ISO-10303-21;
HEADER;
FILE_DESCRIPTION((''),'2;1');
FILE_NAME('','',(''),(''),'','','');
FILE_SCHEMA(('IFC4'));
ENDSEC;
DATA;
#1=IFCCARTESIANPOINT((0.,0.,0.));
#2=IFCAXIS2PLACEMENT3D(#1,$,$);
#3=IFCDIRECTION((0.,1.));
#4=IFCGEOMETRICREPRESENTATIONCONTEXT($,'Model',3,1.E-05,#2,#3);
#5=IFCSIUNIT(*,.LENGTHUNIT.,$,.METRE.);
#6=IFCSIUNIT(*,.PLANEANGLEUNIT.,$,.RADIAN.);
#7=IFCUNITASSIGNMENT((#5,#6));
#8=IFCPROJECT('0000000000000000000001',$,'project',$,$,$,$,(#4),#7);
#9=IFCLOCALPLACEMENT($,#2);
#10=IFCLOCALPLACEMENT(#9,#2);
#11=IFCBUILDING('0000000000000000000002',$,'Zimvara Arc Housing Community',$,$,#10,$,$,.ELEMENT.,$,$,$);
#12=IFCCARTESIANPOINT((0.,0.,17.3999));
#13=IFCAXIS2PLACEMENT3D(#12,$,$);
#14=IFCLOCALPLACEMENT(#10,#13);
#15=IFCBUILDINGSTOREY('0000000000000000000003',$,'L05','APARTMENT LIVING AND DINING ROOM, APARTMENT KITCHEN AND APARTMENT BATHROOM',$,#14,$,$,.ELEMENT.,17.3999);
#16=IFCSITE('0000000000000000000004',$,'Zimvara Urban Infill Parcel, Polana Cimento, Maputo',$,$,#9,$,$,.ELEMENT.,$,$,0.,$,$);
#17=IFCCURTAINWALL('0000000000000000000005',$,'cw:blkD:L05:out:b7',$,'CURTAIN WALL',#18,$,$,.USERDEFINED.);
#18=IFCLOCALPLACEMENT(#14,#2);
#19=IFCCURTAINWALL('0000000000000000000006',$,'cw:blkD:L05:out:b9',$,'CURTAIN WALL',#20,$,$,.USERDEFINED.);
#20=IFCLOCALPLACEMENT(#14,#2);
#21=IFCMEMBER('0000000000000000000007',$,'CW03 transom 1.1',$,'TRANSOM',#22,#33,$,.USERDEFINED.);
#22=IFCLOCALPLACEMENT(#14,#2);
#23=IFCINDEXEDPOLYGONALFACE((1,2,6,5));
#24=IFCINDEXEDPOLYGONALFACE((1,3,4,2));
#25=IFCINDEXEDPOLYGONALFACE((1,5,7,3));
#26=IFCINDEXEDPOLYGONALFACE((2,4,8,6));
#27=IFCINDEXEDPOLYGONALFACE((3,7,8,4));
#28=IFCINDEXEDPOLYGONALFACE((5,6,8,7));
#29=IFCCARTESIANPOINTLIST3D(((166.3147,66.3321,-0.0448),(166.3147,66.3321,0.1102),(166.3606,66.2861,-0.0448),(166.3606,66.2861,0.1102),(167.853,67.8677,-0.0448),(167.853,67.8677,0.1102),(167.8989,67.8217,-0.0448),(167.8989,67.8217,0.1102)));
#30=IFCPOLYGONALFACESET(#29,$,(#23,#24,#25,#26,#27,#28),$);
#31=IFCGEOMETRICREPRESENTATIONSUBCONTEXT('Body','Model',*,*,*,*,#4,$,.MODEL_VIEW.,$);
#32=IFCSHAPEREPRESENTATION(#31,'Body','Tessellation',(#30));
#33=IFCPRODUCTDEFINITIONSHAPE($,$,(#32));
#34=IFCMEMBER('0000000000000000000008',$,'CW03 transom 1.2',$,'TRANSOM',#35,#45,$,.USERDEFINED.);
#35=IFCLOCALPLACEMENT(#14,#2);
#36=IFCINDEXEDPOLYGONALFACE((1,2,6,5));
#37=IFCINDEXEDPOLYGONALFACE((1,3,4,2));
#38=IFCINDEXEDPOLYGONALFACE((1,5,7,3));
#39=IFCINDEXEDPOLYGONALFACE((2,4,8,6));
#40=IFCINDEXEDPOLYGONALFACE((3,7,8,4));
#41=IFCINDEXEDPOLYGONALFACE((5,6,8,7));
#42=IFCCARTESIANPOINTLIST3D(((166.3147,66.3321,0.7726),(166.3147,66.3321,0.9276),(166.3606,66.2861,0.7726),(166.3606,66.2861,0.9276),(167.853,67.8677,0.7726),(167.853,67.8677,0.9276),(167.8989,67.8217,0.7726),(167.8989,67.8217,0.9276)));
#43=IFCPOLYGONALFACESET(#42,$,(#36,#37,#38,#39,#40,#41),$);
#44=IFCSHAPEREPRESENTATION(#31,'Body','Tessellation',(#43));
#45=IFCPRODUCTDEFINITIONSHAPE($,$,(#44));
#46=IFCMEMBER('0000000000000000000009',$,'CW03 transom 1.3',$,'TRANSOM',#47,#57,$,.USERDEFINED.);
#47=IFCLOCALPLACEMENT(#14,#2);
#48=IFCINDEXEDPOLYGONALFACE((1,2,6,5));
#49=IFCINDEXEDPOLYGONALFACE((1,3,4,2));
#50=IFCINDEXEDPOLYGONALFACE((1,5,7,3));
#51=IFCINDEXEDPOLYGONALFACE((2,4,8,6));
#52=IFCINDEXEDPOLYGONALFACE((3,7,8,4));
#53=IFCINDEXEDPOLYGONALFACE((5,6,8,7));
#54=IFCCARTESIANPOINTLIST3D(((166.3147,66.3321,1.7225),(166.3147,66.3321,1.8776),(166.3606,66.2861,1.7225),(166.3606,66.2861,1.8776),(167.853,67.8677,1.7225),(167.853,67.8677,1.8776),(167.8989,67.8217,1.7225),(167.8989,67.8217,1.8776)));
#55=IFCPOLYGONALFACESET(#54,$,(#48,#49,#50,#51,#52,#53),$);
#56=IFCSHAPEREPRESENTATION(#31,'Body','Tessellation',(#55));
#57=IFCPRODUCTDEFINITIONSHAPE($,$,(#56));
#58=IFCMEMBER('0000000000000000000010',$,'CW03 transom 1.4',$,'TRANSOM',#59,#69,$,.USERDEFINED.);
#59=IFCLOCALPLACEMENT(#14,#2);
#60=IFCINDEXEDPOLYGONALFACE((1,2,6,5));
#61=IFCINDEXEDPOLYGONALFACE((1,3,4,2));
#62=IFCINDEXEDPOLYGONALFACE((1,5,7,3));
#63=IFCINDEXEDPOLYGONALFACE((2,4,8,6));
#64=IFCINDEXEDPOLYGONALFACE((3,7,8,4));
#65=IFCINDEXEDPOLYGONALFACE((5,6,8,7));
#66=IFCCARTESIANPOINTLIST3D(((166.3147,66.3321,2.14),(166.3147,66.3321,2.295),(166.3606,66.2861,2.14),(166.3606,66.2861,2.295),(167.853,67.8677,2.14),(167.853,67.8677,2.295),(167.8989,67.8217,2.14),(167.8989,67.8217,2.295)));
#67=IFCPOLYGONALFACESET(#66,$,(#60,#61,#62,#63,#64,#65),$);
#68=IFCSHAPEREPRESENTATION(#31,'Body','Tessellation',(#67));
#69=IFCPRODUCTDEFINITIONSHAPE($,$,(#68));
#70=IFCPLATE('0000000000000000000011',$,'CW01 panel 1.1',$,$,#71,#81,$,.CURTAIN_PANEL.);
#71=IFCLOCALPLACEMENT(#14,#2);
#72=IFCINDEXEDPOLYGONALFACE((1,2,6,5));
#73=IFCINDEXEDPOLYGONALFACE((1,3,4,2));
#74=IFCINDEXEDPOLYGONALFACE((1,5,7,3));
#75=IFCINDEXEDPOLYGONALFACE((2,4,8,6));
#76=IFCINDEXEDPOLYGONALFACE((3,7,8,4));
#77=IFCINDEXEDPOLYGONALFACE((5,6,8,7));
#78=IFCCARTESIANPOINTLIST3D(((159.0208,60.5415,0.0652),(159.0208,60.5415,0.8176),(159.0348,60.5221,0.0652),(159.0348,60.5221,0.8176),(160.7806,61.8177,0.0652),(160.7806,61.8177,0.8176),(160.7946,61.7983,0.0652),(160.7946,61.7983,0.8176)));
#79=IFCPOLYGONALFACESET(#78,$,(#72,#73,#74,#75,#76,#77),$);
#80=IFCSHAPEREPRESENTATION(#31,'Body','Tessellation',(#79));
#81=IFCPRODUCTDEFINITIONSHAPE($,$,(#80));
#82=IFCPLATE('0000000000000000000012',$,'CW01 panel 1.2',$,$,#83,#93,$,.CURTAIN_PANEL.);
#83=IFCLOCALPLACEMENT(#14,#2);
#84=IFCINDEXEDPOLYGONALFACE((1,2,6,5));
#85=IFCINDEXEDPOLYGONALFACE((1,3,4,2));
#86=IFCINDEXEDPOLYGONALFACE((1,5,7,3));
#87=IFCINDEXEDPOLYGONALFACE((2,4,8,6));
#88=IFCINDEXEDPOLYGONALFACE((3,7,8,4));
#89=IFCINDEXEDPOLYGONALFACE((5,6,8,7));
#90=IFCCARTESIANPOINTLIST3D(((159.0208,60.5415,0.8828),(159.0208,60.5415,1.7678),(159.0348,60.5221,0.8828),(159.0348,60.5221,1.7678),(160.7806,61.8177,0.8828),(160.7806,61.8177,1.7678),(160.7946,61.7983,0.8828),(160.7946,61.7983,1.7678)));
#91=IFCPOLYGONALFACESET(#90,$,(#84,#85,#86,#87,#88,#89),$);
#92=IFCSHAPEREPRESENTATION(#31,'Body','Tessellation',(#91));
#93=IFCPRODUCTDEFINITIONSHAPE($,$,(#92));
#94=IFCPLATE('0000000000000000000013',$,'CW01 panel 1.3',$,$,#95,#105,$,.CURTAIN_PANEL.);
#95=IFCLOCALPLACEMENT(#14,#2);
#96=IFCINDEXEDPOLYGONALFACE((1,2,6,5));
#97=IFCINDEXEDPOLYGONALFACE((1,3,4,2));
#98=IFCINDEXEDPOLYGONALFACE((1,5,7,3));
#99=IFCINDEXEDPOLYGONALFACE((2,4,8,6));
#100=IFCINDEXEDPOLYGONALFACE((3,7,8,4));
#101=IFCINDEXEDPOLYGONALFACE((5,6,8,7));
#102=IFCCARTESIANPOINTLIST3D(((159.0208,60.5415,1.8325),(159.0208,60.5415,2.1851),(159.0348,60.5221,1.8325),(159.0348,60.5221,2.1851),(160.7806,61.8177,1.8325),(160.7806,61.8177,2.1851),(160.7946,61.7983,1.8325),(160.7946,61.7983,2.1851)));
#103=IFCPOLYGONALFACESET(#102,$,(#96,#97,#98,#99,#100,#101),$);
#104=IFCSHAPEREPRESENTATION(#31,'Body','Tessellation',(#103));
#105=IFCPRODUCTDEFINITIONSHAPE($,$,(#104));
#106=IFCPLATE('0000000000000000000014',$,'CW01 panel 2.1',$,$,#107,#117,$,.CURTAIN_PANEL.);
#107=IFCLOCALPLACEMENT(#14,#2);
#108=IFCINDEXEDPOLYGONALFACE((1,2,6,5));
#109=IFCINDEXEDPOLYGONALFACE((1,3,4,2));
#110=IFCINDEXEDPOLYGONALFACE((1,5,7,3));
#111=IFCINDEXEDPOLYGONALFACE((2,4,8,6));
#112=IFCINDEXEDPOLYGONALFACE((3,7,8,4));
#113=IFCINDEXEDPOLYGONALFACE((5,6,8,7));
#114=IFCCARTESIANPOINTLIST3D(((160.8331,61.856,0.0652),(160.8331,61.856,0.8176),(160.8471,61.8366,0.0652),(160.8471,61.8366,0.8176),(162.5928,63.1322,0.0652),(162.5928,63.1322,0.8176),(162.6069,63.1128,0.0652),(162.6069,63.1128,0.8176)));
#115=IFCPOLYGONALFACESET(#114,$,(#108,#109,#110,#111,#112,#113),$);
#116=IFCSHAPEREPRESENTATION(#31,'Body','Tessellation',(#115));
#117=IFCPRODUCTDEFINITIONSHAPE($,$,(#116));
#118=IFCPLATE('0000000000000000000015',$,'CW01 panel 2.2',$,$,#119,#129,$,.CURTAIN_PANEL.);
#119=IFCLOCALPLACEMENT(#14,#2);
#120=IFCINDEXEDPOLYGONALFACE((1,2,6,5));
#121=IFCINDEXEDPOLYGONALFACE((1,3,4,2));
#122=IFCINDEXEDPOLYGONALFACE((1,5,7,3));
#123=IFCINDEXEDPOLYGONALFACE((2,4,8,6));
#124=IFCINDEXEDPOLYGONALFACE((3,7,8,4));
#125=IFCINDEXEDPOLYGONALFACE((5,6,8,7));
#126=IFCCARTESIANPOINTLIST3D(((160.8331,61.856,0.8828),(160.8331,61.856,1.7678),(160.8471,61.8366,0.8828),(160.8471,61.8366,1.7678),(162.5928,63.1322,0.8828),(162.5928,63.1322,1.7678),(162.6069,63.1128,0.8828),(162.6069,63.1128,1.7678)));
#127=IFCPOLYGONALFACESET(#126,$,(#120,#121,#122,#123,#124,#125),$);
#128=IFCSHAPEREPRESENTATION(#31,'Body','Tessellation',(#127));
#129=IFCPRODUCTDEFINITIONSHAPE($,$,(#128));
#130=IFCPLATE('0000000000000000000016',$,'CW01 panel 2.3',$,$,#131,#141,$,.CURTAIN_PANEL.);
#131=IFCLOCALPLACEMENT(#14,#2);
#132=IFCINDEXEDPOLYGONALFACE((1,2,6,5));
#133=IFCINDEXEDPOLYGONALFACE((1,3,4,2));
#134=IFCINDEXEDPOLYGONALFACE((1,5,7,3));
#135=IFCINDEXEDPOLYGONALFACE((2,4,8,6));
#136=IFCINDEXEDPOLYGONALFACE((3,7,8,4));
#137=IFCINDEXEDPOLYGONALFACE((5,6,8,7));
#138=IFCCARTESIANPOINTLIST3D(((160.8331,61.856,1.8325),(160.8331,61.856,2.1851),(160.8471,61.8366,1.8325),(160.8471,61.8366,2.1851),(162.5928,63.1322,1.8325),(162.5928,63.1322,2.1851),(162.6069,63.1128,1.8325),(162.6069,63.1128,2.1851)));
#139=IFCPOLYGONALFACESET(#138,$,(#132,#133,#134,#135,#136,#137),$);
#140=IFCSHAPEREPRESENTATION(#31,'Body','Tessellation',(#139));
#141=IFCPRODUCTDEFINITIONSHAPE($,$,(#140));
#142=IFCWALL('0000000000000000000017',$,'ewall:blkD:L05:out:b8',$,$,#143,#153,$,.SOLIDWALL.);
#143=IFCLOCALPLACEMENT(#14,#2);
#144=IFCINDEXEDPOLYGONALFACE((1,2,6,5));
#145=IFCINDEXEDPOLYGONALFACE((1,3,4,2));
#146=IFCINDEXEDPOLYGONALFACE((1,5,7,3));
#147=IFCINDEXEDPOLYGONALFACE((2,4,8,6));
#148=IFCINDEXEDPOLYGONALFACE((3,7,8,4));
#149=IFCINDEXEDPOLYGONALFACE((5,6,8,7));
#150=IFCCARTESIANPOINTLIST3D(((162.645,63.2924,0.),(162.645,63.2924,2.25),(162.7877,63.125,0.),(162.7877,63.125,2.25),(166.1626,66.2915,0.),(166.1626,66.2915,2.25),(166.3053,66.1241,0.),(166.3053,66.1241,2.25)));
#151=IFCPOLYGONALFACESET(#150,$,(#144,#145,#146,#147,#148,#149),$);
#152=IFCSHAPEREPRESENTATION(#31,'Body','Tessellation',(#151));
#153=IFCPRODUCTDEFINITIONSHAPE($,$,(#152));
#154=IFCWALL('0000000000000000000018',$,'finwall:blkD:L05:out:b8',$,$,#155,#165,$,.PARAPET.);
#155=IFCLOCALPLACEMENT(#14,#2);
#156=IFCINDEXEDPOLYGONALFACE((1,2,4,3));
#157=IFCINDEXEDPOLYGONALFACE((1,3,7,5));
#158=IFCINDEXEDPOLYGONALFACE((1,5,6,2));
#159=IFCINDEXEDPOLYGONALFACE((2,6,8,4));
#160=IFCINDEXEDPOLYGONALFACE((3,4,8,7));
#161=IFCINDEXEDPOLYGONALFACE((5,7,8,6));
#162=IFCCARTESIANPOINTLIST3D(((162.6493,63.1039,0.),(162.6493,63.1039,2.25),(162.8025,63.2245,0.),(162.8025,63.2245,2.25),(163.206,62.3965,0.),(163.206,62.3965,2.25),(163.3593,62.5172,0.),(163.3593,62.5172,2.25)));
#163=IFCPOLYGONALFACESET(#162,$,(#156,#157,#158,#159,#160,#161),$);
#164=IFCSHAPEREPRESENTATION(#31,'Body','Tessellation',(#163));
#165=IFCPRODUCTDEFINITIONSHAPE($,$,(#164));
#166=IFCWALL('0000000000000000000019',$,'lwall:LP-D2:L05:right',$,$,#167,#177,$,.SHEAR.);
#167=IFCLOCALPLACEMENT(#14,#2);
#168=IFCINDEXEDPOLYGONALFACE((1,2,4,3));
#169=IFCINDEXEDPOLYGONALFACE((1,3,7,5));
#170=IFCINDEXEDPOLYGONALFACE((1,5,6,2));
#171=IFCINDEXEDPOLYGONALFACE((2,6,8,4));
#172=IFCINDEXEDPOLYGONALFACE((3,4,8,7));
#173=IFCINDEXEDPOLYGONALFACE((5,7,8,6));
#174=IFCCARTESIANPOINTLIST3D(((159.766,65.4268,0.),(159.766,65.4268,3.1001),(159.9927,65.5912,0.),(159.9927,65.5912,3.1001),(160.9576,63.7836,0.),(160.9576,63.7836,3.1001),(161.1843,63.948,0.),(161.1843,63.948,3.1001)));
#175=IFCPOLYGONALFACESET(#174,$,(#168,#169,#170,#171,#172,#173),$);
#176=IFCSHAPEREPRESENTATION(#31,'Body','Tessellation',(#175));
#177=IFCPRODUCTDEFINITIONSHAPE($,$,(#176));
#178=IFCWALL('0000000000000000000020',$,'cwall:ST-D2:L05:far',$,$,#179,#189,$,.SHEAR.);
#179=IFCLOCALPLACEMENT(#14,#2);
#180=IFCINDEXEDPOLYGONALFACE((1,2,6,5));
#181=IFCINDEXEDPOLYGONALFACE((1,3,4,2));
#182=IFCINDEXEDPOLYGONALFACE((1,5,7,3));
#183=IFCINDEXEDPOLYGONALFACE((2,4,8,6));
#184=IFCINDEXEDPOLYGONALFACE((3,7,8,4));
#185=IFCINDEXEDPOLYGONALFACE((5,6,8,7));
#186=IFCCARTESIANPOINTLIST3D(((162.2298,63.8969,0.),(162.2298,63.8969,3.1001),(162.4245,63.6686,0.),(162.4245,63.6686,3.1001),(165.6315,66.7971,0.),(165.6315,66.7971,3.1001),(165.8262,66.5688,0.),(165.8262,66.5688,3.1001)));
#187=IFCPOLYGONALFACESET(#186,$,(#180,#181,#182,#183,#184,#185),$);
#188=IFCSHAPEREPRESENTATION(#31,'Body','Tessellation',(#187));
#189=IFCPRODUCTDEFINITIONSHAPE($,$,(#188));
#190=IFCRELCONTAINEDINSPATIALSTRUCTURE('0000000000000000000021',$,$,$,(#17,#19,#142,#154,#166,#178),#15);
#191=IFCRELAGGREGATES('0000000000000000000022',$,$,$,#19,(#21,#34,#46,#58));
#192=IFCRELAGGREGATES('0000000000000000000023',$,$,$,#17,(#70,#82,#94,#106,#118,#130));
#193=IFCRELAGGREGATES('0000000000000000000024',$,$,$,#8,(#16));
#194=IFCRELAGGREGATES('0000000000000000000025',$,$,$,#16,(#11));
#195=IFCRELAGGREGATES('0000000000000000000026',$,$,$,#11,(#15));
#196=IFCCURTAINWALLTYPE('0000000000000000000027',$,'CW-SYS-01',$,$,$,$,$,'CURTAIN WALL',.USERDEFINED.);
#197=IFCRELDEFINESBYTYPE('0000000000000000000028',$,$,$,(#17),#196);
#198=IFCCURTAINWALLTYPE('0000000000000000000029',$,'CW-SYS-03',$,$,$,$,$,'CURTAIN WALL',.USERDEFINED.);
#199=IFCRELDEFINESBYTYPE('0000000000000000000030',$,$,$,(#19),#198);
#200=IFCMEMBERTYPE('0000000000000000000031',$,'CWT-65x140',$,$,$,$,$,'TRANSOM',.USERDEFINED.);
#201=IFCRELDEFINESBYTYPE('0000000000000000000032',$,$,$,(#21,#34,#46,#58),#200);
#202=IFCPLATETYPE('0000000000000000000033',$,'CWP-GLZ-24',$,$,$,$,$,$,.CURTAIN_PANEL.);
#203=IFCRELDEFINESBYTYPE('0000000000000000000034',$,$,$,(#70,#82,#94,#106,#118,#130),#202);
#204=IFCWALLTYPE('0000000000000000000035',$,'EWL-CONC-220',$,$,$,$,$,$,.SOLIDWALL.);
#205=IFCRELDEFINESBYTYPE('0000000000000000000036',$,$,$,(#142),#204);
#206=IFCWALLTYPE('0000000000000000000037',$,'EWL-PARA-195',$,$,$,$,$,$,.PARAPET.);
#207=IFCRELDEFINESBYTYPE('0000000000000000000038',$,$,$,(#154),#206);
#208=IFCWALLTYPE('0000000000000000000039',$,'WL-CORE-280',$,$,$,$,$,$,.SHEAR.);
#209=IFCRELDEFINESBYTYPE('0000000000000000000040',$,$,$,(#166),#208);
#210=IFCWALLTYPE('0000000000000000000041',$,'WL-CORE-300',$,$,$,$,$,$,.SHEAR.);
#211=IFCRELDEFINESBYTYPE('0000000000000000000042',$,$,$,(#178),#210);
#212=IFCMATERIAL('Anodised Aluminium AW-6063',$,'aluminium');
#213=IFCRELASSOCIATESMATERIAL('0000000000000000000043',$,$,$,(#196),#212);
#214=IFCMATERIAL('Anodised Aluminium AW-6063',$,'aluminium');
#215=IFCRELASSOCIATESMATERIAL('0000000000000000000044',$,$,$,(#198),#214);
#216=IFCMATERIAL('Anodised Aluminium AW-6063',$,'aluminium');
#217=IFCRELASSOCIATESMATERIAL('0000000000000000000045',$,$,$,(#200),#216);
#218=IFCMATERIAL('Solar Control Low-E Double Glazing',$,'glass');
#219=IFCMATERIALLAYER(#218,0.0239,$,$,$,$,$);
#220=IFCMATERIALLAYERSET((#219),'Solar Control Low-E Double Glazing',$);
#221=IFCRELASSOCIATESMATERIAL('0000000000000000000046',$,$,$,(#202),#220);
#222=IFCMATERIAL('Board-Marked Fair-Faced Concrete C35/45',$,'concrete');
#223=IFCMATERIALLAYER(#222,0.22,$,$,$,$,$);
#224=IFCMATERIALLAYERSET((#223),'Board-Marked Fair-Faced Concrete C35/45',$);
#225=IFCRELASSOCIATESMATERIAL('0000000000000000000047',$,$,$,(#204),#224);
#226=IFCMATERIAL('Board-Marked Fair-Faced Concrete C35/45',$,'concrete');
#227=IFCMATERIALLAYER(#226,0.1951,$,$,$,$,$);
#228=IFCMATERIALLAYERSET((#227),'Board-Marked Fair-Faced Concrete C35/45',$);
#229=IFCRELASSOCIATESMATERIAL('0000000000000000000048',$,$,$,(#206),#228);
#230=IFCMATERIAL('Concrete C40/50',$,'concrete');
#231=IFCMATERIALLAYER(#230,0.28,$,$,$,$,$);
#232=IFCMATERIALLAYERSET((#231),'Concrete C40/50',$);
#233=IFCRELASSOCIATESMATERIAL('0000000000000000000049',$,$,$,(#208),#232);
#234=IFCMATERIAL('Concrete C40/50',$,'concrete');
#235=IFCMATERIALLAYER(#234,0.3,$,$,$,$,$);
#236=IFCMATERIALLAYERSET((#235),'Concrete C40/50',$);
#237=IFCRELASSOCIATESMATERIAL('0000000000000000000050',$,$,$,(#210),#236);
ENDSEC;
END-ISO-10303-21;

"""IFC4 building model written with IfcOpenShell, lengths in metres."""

from ifc_helpers import new_model, si_unit, direction, frame, frame_2d, origin, origin_2d, place, context, subcontext, project, spatial, rectangle, extrude, material, layer, layer_set, material_profile, profile_set, type_object, element, aggregate, save


model = new_model("IFC4")

# Units and contexts
model_context = context("Model", 3, precision=1e-05, world=origin(), true_north=direction((0.0, 1.0)))
body_context = subcontext(model_context, "Body", "Model", "MODEL_VIEW")
ifc_project = project(units=[si_unit("LENGTHUNIT", "METRE"), si_unit("PLANEANGLEUNIT", "RADIAN")], contexts=[model_context])

# Site, building, storey
site_placement = place(None, origin())
site = spatial("IfcSite", under=ifc_project, at=site_placement, Name="Zimvara Urban Infill Parcel, Polana Cimento, Maputo", CompositionType="ELEMENT", RefElevation=0.0)
building_placement = place(site_placement, origin())
building = spatial("IfcBuilding", under=site, at=building_placement, Name="Zimvara Arc Housing Community", CompositionType="ELEMENT")
storey_placement = place(building_placement, frame((0.0, 0.0, 17.3999)))
storey = spatial("IfcBuildingStorey", under=building, at=storey_placement, Name="L05", Description="APARTMENT LIVING AND DINING ROOM, APARTMENT KITCHEN AND APARTMENT BATHROOM", CompositionType="ELEMENT", Elevation=17.3999)

# Curtain wall
ifc_material_1 = material(Name="Anodised Aluminium AW-6063", Category="aluminium")
curtain_wall_type_1 = type_object("IfcCurtainWallType", Name="CW-SYS-01", ElementType="CURTAIN WALL", PredefinedType="USERDEFINED", material=ifc_material_1)
curtain_wall_1_placement = place(storey_placement, origin())
curtain_wall_1 = element("IfcCurtainWall", 1, at=curtain_wall_1_placement, inside=storey, type_object=curtain_wall_type_1, Name="cw:blkD:L05:out:b7", ObjectType="CURTAIN WALL", PredefinedType="USERDEFINED")

# Curtain wall
ifc_material_2 = material(Name="Anodised Aluminium AW-6063", Category="aluminium")
curtain_wall_type_2 = type_object("IfcCurtainWallType", Name="CW-SYS-03", ElementType="CURTAIN WALL", PredefinedType="USERDEFINED", material=ifc_material_2)
curtain_wall_2_placement = place(storey_placement, origin())
curtain_wall_2 = element("IfcCurtainWall", 2, at=curtain_wall_2_placement, inside=storey, type_object=curtain_wall_type_2, Name="cw:blkD:L05:out:b9", ObjectType="CURTAIN WALL", PredefinedType="USERDEFINED")

# Members
ifc_material_3 = material(Name="Anodised Aluminium AW-6063", Category="aluminium")
ifc_material_profile_1 = material_profile(ifc_material_3, rectangle(XDim=0.0649, YDim=0.155, at=origin_2d()), Name="ALU 65x155")
ifc_profile_set_1 = profile_set([ifc_material_profile_1], Name="Anodised Aluminium AW-6063")
member_type_1 = type_object("IfcMemberType", Name="CWT-65x140", ElementType="TRANSOM", PredefinedType="USERDEFINED", material=ifc_profile_set_1)
member_1_placement = place(storey_placement, frame((166.3376, 66.3091, 0.0327), z_axis=(0.707724, 0.706489, 0.0), x_axis=(-0.706489, 0.707724, 0.0)))
member_1 = element("IfcMember", 3, at=member_1_placement, type_object=member_type_1, Name="CW03 transom 1.1", ObjectType="TRANSOM", PredefinedType="USERDEFINED", context=body_context, shape_type="SweptSolid", body=[
    extrude(rectangle(XDim=0.0649, YDim=0.155, at=origin_2d()), origin(), (0.0, 0.0, 1.0), 2.1736),
])
member_2_placement = place(storey_placement, frame((166.3376, 66.3091, 0.8501), z_axis=(0.707724, 0.706489, 0.0), x_axis=(-0.706489, 0.707724, 0.0)))
member_2 = element("IfcMember", 4, at=member_2_placement, type_object=member_type_1, Name="CW03 transom 1.2", ObjectType="TRANSOM", PredefinedType="USERDEFINED", context=body_context, shape_type="SweptSolid", body=[
    extrude(rectangle(XDim=0.0649, YDim=0.155, at=origin_2d()), origin(), (0.0, 0.0, 1.0), 2.1736),
])
member_3_placement = place(storey_placement, frame((166.3376, 66.3091, 1.8), z_axis=(0.707724, 0.706489, 0.0), x_axis=(-0.706489, 0.707724, 0.0)))
member_3 = element("IfcMember", 5, at=member_3_placement, type_object=member_type_1, Name="CW03 transom 1.3", ObjectType="TRANSOM", PredefinedType="USERDEFINED", context=body_context, shape_type="SweptSolid", body=[
    extrude(rectangle(XDim=0.0649, YDim=0.155, at=origin_2d()), origin(), (0.0, 0.0, 1.0), 2.1736),
])
member_4_placement = place(storey_placement, frame((166.3376, 66.3091, 2.2175), z_axis=(0.707724, 0.706489, 0.0), x_axis=(-0.706489, 0.707724, 0.0)))
member_4 = element("IfcMember", 6, at=member_4_placement, type_object=member_type_1, Name="CW03 transom 1.4", ObjectType="TRANSOM", PredefinedType="USERDEFINED", context=body_context, shape_type="SweptSolid", body=[
    extrude(rectangle(XDim=0.0649, YDim=0.155, at=origin_2d()), origin(), (0.0, 0.0, 1.0), 2.1736),
])
aggregate(curtain_wall_2, [member_1, member_2, member_3, member_4])

# Plates
ifc_material_4 = material(Name="Solar Control Low-E Double Glazing", Category="glass")
ifc_layer_1 = layer(ifc_material_4, 0.0239)
ifc_layer_set_1 = layer_set([ifc_layer_1], Name="Solar Control Low-E Double Glazing")
plate_type = type_object("IfcPlateType", Name="CWP-GLZ-24", PredefinedType="CURTAIN_PANEL", material=ifc_layer_set_1)
plate_1_placement = place(storey_placement, frame((159.9077, 61.1699, 0.0652), z_axis=(0.0, 0.0, 1.0), x_axis=(0.80953, 0.587078, 0.0)))
plate_1 = element("IfcPlate", 7, at=plate_1_placement, type_object=plate_type, Name="CW01 panel 1.1", PredefinedType="CURTAIN_PANEL", context=body_context, shape_type="SweptSolid", body=[
    extrude(rectangle(XDim=2.1738, YDim=0.0239, at=origin_2d()), origin(), (0.0, 0.0, 1.0), 0.7524),
])
plate_2_placement = place(storey_placement, frame((159.9077, 61.1699, 0.8828), z_axis=(0.0, 0.0, 1.0), x_axis=(0.80953, 0.587078, 0.0)))
plate_2 = element("IfcPlate", 8, at=plate_2_placement, type_object=plate_type, Name="CW01 panel 1.2", PredefinedType="CURTAIN_PANEL", context=body_context, shape_type="SweptSolid", body=[
    extrude(rectangle(XDim=2.1738, YDim=0.0239, at=origin_2d()), origin(), (0.0, 0.0, 1.0), 0.885),
])
plate_3_placement = place(storey_placement, frame((159.9077, 61.1699, 1.8325), z_axis=(0.0, 0.0, 1.0), x_axis=(0.80953, 0.587078, 0.0)))
plate_3 = element("IfcPlate", 9, at=plate_3_placement, type_object=plate_type, Name="CW01 panel 1.3", PredefinedType="CURTAIN_PANEL", context=body_context, shape_type="SweptSolid", body=[
    extrude(rectangle(XDim=2.1738, YDim=0.0239, at=origin_2d()), origin(), (0.0, 0.0, 1.0), 0.3525),
])
plate_4_placement = place(storey_placement, frame((161.72, 62.4844, 0.0652), z_axis=(0.0, 0.0, 1.0), x_axis=(0.80953, 0.587078, 0.0)))
plate_4 = element("IfcPlate", 10, at=plate_4_placement, type_object=plate_type, Name="CW01 panel 2.1", PredefinedType="CURTAIN_PANEL", context=body_context, shape_type="SweptSolid", body=[
    extrude(rectangle(XDim=2.1738, YDim=0.0239, at=origin_2d()), origin(), (0.0, 0.0, 1.0), 0.7524),
])
plate_5_placement = place(storey_placement, frame((161.72, 62.4844, 0.8828), z_axis=(0.0, 0.0, 1.0), x_axis=(0.80953, 0.587078, 0.0)))
plate_5 = element("IfcPlate", 11, at=plate_5_placement, type_object=plate_type, Name="CW01 panel 2.2", PredefinedType="CURTAIN_PANEL", context=body_context, shape_type="SweptSolid", body=[
    extrude(rectangle(XDim=2.1738, YDim=0.0239, at=origin_2d()), origin(), (0.0, 0.0, 1.0), 0.885),
])
plate_6_placement = place(storey_placement, frame((161.72, 62.4844, 1.8325), z_axis=(0.0, 0.0, 1.0), x_axis=(0.80953, 0.587078, 0.0)))
plate_6 = element("IfcPlate", 12, at=plate_6_placement, type_object=plate_type, Name="CW01 panel 2.3", PredefinedType="CURTAIN_PANEL", context=body_context, shape_type="SweptSolid", body=[
    extrude(rectangle(XDim=2.1738, YDim=0.0239, at=origin_2d()), origin(), (0.0, 0.0, 1.0), 0.3525),
])
aggregate(curtain_wall_1, [plate_1, plate_2, plate_3, plate_4, plate_5, plate_6])

# Walls
ifc_material_5 = material(Name="Board-Marked Fair-Faced Concrete C35/45", Category="concrete")
ifc_layer_2 = layer(ifc_material_5, 0.22)
ifc_layer_set_2 = layer_set([ifc_layer_2], Name="Board-Marked Fair-Faced Concrete C35/45")
wall_type_1 = type_object("IfcWallType", Name="EWL-CONC-220", PredefinedType="SOLIDWALL", material=ifc_layer_set_2)
wall_1_placement = place(storey_placement, frame((162.7163, 63.2087, 0.0), z_axis=(0.0, 0.0, 1.0), x_axis=(0.760969, 0.648788, 0.0)))
element("IfcWall", 13, at=wall_1_placement, inside=storey, type_object=wall_type_1, Name="ewall:blkD:L05:out:b8", PredefinedType="SOLIDWALL", context=body_context, shape_type="SweptSolid", body=[
    extrude(rectangle(XDim=4.6226, YDim=0.22, at=frame_2d((2.3113, 0.0))), origin(), (0.0, 0.0, 1.0), 2.25),
])
ifc_material_6 = material(Name="Board-Marked Fair-Faced Concrete C35/45", Category="concrete")
ifc_layer_3 = layer(ifc_material_6, 0.1951)
ifc_layer_set_3 = layer_set([ifc_layer_3], Name="Board-Marked Fair-Faced Concrete C35/45")
wall_type_2 = type_object("IfcWallType", Name="EWL-PARA-195", PredefinedType="PARAPET", material=ifc_layer_set_3)
wall_2_placement = place(storey_placement, frame((162.7258, 63.1643, 0.0), z_axis=(0.0, 0.0, 1.0), x_axis=(0.618456, -0.785819, 0.0)))
element("IfcWall", 14, at=wall_2_placement, inside=storey, type_object=wall_type_2, Name="finwall:blkD:L05:out:b8", PredefinedType="PARAPET", context=body_context, shape_type="SweptSolid", body=[
    extrude(rectangle(XDim=0.9001, YDim=0.1951, at=frame_2d((0.4502, 0.0))), origin(), (0.0, 0.0, 1.0), 2.25),
])
ifc_material_7 = material(Name="Concrete C40/50", Category="concrete")
ifc_layer_4 = layer(ifc_material_7, 0.28)
ifc_layer_set_4 = layer_set([ifc_layer_4], Name="Concrete C40/50")
wall_type_3 = type_object("IfcWallType", Name="WL-CORE-280", PredefinedType="SHEAR", material=ifc_layer_set_4)
wall_3_placement = place(storey_placement, frame((159.8794, 65.509, 0.0), z_axis=(0.0, 0.0, 1.0), x_axis=(0.587048, -0.809552, 0.0)))
element("IfcWall", 15, at=wall_3_placement, inside=storey, type_object=wall_type_3, Name="lwall:LP-D2:L05:right", PredefinedType="SHEAR", context=body_context, shape_type="SweptSolid", body=[
    extrude(rectangle(XDim=2.0298, YDim=0.28, at=frame_2d((1.0149, 0.0))), origin(), (0.0, 0.0, 1.0), 3.1001),
])
ifc_material_8 = material(Name="Concrete C40/50", Category="concrete")
ifc_layer_5 = layer(ifc_material_8, 0.3)
ifc_layer_set_5 = layer_set([ifc_layer_5], Name="Concrete C40/50")
wall_type_4 = type_object("IfcWallType", Name="WL-CORE-300", PredefinedType="SHEAR", material=ifc_layer_set_5)
wall_4_placement = place(storey_placement, frame((162.3271, 63.7827, 0.0), z_axis=(0.0, 0.0, 1.0), x_axis=(0.76097, 0.648788, 0.0)))
element("IfcWall", 16, at=wall_4_placement, inside=storey, type_object=wall_type_4, Name="cwall:ST-D2:L05:far", PredefinedType="SHEAR", context=body_context, shape_type="SweptSolid", body=[
    extrude(rectangle(XDim=4.4702, YDim=0.3, at=frame_2d((2.2351, 0.0))), origin(), (0.0, 0.0, 1.0), 3.1001),
])

save(model, "model.ifc")
